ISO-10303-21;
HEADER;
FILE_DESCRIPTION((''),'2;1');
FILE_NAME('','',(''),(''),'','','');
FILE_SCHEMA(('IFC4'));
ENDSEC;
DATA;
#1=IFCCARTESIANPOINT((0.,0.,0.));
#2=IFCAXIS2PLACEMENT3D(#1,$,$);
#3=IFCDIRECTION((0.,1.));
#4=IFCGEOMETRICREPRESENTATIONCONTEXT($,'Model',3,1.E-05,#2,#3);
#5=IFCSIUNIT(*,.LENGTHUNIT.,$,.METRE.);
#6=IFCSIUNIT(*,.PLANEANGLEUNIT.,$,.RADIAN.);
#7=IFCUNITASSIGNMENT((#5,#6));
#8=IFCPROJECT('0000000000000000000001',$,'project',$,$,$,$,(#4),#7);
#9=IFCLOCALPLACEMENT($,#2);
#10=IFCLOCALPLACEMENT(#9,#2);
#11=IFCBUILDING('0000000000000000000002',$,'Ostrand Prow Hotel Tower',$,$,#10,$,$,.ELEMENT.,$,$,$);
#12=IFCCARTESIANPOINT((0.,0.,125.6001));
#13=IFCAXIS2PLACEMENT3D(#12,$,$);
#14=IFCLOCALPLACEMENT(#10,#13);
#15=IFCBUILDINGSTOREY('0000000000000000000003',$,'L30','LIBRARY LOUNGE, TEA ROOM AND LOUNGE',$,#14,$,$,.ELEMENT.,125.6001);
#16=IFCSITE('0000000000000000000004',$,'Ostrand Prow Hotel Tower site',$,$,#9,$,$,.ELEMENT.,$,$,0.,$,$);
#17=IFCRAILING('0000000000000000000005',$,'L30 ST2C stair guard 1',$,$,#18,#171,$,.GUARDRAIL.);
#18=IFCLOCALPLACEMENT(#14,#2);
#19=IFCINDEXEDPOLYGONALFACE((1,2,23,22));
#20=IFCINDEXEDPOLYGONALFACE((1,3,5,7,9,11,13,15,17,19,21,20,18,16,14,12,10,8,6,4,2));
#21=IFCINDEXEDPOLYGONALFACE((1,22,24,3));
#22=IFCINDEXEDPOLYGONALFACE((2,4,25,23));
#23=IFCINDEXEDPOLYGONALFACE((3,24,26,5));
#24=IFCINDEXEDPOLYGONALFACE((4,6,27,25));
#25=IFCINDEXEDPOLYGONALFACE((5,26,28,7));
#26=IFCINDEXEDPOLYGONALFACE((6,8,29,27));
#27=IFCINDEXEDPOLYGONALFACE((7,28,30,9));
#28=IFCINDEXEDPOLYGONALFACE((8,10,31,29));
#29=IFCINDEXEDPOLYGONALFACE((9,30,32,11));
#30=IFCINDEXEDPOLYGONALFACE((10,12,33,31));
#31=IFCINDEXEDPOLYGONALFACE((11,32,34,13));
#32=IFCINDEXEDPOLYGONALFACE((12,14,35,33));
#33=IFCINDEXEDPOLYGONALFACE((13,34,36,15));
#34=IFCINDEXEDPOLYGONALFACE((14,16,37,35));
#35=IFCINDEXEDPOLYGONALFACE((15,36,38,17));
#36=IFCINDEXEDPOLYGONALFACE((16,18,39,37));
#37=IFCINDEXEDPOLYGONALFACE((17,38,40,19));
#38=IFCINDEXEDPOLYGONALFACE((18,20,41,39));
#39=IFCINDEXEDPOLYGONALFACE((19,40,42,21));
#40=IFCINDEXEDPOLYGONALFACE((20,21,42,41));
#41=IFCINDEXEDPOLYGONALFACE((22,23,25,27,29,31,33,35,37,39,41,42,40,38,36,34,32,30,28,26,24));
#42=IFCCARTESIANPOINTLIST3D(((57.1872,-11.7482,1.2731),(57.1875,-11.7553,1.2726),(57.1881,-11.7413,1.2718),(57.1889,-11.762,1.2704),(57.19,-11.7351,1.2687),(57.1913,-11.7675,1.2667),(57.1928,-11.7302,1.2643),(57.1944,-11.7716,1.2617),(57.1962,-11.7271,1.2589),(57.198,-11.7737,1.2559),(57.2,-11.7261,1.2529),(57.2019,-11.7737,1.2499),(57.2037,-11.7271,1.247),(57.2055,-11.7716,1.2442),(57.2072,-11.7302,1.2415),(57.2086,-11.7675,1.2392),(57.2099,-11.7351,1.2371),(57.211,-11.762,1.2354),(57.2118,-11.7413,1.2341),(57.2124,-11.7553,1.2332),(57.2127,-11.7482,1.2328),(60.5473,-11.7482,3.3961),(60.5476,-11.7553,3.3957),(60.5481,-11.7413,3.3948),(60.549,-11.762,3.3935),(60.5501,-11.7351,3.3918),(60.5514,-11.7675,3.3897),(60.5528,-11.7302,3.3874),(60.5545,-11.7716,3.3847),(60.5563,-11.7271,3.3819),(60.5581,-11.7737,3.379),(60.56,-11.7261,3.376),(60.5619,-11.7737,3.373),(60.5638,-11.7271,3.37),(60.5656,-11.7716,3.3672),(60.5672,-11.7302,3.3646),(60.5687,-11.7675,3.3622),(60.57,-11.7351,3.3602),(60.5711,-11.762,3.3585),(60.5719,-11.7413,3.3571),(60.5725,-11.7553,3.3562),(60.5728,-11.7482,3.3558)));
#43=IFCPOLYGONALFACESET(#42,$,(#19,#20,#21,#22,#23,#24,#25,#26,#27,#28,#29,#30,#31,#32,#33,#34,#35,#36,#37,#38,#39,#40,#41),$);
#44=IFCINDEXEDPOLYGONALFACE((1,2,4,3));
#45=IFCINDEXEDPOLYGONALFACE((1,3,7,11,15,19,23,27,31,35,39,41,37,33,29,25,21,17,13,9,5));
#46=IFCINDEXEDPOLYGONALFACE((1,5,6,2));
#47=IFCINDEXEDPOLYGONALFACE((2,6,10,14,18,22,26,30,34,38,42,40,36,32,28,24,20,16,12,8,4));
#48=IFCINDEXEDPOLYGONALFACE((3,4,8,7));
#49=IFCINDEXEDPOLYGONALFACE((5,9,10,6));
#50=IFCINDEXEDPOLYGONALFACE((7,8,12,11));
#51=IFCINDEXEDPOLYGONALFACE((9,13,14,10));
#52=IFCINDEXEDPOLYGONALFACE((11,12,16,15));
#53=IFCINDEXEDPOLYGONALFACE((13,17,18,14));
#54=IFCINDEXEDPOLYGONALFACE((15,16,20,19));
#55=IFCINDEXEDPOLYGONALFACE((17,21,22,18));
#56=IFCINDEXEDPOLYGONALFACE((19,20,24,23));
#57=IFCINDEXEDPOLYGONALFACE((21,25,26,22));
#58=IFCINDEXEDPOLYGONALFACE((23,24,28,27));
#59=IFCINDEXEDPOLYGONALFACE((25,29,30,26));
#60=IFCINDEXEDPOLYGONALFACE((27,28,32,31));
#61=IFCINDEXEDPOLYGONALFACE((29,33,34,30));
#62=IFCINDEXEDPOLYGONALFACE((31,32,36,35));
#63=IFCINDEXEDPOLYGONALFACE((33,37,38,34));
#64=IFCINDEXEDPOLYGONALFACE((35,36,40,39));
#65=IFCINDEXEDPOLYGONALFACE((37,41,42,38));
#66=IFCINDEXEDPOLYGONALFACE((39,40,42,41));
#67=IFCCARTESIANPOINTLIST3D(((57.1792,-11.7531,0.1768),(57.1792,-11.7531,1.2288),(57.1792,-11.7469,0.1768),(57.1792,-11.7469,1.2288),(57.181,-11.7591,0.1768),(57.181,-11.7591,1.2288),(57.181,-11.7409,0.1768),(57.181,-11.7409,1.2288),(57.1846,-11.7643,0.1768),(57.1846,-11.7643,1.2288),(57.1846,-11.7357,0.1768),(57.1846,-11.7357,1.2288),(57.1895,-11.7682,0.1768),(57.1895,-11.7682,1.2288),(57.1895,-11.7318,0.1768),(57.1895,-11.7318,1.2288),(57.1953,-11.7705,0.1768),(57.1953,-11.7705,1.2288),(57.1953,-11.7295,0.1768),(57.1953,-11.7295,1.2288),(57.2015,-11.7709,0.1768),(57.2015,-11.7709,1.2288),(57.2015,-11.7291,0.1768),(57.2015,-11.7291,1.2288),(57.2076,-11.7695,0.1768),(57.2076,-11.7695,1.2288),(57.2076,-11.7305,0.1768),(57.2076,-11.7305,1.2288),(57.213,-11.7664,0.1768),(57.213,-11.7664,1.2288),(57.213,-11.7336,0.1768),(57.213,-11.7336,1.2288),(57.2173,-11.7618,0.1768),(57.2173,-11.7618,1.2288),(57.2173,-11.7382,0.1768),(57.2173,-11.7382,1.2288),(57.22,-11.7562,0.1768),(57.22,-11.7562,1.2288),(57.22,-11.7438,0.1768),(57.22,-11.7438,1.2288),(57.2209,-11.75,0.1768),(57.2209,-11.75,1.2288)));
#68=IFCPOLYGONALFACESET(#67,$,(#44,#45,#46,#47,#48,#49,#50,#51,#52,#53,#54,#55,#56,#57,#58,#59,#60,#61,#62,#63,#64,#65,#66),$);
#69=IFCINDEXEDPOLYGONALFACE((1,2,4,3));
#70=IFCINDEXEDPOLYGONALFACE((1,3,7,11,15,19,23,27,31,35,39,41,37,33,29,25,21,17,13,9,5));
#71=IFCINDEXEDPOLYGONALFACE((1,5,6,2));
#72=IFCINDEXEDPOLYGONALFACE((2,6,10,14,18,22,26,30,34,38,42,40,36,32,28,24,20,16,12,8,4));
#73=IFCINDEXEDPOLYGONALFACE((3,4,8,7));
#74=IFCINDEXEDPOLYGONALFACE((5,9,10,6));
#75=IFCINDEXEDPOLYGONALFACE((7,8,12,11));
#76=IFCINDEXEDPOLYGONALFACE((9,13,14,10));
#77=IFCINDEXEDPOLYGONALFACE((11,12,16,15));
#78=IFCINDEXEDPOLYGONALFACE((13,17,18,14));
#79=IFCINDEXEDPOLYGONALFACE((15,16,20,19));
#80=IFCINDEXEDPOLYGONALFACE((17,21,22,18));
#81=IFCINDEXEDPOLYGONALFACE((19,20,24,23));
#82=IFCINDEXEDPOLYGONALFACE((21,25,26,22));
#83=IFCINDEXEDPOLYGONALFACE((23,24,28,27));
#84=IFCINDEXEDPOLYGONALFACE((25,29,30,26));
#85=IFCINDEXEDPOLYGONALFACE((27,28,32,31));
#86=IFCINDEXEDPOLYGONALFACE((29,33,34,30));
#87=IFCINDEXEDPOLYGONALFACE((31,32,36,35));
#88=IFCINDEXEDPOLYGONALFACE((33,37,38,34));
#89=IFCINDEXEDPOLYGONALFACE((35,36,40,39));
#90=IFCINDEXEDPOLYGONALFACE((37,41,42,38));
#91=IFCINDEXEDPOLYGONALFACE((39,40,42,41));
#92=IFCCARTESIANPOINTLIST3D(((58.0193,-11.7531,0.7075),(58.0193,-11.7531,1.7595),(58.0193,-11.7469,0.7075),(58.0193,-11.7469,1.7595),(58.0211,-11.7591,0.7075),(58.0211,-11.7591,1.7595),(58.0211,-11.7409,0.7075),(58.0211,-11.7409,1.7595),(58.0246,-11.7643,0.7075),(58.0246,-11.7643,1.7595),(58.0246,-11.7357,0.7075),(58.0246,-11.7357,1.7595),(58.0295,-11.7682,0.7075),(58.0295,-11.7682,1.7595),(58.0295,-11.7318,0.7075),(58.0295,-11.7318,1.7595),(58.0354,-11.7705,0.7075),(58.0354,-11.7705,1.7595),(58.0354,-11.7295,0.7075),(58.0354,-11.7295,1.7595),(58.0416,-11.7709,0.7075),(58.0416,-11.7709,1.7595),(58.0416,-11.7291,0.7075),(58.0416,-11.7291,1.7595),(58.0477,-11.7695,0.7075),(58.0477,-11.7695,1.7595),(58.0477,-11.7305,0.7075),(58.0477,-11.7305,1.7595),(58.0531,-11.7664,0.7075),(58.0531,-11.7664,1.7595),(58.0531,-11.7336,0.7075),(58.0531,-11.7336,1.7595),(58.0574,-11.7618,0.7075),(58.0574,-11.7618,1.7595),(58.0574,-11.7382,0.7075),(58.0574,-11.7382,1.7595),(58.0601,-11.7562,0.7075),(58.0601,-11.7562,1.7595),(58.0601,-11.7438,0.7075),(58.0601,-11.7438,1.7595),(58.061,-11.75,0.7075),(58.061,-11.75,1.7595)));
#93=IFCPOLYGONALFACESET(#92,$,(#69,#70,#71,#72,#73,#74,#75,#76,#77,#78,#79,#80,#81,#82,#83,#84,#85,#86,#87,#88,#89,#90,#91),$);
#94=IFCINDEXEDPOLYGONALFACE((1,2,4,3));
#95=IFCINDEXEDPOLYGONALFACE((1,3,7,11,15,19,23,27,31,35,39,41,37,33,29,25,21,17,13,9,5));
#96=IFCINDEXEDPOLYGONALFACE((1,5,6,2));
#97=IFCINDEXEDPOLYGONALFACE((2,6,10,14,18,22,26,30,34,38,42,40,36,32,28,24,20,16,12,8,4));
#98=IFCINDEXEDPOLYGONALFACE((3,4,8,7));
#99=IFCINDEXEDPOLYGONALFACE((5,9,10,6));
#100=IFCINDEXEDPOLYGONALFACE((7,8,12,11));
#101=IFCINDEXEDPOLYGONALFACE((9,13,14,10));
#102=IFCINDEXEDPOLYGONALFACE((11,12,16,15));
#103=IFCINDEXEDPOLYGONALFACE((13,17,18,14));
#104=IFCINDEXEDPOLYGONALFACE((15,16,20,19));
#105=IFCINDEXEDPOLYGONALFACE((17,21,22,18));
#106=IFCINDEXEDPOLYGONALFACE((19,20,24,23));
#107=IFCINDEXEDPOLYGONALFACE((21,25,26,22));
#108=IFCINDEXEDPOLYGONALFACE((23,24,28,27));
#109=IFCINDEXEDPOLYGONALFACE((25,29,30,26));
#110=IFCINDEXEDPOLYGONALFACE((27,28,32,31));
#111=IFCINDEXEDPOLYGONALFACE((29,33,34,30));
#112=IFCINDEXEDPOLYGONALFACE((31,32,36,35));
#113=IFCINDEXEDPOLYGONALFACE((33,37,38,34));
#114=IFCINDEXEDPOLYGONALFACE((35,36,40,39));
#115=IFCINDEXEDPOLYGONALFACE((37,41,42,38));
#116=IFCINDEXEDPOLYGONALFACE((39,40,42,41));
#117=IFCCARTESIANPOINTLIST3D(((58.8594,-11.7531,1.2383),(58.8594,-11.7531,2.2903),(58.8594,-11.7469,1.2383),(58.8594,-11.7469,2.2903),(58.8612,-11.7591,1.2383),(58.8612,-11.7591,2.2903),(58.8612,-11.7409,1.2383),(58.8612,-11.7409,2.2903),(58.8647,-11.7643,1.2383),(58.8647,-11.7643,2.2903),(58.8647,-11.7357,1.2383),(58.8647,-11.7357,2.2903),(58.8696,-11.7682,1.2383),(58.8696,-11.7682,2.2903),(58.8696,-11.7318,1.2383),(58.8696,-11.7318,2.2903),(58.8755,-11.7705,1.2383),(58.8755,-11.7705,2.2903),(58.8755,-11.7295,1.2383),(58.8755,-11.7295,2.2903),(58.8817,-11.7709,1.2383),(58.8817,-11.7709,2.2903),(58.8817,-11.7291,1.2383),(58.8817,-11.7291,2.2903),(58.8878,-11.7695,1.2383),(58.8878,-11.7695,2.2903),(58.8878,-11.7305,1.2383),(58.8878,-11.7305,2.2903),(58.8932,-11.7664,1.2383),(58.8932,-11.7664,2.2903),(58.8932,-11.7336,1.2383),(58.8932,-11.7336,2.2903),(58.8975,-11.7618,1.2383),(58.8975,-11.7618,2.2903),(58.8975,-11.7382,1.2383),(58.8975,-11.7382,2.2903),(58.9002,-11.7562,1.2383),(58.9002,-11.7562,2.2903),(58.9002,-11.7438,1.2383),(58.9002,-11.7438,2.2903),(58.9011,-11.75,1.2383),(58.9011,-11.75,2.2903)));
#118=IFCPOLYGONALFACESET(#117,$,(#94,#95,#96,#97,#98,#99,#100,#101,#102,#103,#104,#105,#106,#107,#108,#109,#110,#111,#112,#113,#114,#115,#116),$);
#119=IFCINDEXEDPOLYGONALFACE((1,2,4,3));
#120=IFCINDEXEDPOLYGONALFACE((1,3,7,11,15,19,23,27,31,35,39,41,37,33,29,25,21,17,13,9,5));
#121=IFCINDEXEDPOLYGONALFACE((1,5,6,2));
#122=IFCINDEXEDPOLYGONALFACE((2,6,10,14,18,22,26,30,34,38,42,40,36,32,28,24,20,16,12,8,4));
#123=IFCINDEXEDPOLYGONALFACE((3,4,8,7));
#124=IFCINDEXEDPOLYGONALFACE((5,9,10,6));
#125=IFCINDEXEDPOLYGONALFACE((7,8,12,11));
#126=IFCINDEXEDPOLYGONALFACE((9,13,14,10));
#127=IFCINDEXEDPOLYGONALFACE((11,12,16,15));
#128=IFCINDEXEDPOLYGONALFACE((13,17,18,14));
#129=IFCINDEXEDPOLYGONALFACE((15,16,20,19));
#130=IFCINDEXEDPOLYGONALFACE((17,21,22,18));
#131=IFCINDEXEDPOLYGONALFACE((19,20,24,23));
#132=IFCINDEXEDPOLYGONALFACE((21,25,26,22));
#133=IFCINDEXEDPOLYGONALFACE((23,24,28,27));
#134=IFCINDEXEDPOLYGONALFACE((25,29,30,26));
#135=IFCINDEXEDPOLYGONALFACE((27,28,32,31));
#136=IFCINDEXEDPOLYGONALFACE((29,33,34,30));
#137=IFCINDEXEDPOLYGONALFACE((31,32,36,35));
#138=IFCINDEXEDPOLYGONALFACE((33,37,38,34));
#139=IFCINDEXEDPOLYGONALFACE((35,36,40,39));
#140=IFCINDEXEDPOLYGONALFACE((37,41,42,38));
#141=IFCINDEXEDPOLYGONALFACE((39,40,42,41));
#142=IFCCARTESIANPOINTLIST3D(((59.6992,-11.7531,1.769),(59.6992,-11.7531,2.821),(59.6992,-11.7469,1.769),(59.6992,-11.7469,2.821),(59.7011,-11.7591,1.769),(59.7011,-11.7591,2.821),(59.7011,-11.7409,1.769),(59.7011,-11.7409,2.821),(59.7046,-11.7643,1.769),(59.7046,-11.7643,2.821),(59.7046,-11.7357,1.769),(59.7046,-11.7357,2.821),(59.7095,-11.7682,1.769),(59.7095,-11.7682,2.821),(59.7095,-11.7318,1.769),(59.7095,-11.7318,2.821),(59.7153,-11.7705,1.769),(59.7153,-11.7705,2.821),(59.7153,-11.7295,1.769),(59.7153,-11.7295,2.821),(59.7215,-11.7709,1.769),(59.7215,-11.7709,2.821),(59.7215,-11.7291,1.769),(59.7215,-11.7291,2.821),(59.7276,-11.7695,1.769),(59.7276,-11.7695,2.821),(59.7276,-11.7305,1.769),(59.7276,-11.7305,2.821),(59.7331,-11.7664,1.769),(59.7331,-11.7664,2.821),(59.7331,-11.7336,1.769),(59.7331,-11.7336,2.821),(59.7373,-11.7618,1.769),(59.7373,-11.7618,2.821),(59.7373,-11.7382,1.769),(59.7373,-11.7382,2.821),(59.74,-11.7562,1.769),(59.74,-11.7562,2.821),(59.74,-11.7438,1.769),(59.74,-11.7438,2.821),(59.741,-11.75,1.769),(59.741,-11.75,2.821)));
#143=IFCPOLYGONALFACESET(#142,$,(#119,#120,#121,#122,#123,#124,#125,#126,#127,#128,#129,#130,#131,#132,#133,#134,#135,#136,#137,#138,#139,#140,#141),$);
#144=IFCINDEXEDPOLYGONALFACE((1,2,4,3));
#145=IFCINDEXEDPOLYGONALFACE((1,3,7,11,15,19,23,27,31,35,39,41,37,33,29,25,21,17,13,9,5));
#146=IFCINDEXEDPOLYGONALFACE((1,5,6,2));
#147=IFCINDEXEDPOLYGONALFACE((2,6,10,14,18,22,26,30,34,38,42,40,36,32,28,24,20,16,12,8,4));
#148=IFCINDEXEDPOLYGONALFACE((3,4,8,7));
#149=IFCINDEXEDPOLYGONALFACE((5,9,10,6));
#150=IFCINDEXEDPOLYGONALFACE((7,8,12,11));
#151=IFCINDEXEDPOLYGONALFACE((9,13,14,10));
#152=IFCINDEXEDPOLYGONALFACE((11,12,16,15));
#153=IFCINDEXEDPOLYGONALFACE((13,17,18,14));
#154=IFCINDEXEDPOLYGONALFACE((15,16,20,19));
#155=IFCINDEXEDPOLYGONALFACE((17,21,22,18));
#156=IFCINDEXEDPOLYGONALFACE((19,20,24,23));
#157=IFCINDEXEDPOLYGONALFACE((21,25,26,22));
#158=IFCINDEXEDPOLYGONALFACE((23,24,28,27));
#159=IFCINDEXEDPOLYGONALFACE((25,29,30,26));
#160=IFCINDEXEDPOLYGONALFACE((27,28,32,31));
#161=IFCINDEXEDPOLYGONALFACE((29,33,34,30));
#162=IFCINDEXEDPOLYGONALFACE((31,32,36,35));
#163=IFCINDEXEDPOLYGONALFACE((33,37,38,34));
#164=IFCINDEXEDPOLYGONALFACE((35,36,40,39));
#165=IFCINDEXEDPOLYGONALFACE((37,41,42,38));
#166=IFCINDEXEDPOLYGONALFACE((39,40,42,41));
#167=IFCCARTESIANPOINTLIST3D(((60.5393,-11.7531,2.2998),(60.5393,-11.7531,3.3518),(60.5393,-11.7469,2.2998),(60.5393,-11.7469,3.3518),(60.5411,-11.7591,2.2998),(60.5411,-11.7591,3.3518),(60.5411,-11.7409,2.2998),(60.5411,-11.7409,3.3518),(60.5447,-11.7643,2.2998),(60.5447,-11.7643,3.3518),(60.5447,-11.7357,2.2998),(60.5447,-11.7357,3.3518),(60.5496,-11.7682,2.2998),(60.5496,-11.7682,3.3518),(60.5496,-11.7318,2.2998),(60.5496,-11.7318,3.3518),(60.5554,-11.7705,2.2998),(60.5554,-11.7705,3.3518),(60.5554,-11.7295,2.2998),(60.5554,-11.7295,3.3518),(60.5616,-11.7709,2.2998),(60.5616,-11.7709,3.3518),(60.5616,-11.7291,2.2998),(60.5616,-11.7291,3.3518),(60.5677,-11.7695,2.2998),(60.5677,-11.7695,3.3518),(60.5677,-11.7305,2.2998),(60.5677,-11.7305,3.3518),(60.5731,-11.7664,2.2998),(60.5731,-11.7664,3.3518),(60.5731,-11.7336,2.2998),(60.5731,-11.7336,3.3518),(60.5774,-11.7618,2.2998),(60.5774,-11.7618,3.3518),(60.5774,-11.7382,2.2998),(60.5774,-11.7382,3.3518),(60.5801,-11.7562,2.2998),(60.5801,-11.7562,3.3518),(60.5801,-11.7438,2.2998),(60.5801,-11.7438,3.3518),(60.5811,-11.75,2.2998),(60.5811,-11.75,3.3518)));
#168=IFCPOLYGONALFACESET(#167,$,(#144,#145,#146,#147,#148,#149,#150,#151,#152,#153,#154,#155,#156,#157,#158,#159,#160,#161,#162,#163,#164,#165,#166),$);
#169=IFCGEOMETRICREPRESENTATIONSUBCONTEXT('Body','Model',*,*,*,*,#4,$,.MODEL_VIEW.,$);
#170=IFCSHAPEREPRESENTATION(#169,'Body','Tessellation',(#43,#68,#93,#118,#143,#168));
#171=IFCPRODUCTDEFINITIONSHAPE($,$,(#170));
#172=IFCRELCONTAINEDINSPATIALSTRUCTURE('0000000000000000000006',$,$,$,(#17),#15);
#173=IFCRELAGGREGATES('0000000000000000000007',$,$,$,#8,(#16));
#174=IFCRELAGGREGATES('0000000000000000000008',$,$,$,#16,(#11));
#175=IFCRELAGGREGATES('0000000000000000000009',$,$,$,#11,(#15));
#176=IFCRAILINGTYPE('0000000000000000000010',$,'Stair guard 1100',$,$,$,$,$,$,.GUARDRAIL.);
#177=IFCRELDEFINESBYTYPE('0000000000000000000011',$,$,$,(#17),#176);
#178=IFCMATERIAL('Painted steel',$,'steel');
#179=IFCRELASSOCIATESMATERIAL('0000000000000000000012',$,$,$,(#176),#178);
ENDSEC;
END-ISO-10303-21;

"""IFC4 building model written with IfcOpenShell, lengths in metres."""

from ifc_helpers import new_model, si_unit, direction, frame, origin, origin_2d, place, context, subcontext, project, spatial, circle, extrude, material, type_object, element, save


model = new_model("IFC4")

# Units and contexts
model_context = context("Model", 3, precision=1e-05, world=origin(), true_north=direction((0.0, 1.0)))
body_context = subcontext(model_context, "Body", "Model", "MODEL_VIEW")
ifc_project = project(units=[si_unit("LENGTHUNIT", "METRE"), si_unit("PLANEANGLEUNIT", "RADIAN")], contexts=[model_context])

# Site, building, storey
site_placement = place(None, origin())
site = spatial("IfcSite", under=ifc_project, at=site_placement, Name="Ostrand Prow Hotel Tower site", CompositionType="ELEMENT", RefElevation=0.0)
building_placement = place(site_placement, origin())
building = spatial("IfcBuilding", under=site, at=building_placement, Name="Ostrand Prow Hotel Tower", CompositionType="ELEMENT")
storey_placement = place(building_placement, frame((0.0, 0.0, 125.6001)))
storey = spatial("IfcBuildingStorey", under=building, at=storey_placement, Name="L30", Description="LIBRARY LOUNGE, TEA ROOM AND LOUNGE", CompositionType="ELEMENT", Elevation=125.6001)

# Railing
ifc_material_1 = material(Name="Painted steel", Category="steel")
railing_type_1 = type_object("IfcRailingType", Name="Stair guard 1100", PredefinedType="GUARDRAIL", material=ifc_material_1)
railing_1_placement = place(storey_placement, frame((57.2, -11.75, 0.1768)))
element("IfcRailing", 1, at=railing_1_placement, inside=storey, type_object=railing_type_1, Name="L30 ST2C stair guard 1", PredefinedType="GUARDRAIL", context=body_context, shape_type="SweptSolid", body=[
    extrude(circle(Radius=0.0239, at=origin_2d()), frame((0.0, 0.0, 1.0762), z_axis=(0.84539, 0.0, 0.53415), x_axis=(0.0, 1.0, 0.0)), (0.0, 0.0, 1.0), 3.9746),
    extrude(circle(Radius=0.021, at=origin_2d()), origin(), (0.0, 0.0, 1.0), 1.052),
    extrude(circle(Radius=0.021, at=origin_2d()), frame((0.8401, 0.0, 0.5308)), (0.0, 0.0, 1.0), 1.052),
    extrude(circle(Radius=0.021, at=origin_2d()), frame((1.6802, 0.0, 1.0615)), (0.0, 0.0, 1.0), 1.052),
    extrude(circle(Radius=0.021, at=origin_2d()), frame((2.52, 0.0, 1.5923)), (0.0, 0.0, 1.0), 1.052),
    extrude(circle(Radius=0.021, at=origin_2d()), frame((3.3601, 0.0, 2.123)), (0.0, 0.0, 1.0), 1.052),
])

save(model, "model.ifc")
